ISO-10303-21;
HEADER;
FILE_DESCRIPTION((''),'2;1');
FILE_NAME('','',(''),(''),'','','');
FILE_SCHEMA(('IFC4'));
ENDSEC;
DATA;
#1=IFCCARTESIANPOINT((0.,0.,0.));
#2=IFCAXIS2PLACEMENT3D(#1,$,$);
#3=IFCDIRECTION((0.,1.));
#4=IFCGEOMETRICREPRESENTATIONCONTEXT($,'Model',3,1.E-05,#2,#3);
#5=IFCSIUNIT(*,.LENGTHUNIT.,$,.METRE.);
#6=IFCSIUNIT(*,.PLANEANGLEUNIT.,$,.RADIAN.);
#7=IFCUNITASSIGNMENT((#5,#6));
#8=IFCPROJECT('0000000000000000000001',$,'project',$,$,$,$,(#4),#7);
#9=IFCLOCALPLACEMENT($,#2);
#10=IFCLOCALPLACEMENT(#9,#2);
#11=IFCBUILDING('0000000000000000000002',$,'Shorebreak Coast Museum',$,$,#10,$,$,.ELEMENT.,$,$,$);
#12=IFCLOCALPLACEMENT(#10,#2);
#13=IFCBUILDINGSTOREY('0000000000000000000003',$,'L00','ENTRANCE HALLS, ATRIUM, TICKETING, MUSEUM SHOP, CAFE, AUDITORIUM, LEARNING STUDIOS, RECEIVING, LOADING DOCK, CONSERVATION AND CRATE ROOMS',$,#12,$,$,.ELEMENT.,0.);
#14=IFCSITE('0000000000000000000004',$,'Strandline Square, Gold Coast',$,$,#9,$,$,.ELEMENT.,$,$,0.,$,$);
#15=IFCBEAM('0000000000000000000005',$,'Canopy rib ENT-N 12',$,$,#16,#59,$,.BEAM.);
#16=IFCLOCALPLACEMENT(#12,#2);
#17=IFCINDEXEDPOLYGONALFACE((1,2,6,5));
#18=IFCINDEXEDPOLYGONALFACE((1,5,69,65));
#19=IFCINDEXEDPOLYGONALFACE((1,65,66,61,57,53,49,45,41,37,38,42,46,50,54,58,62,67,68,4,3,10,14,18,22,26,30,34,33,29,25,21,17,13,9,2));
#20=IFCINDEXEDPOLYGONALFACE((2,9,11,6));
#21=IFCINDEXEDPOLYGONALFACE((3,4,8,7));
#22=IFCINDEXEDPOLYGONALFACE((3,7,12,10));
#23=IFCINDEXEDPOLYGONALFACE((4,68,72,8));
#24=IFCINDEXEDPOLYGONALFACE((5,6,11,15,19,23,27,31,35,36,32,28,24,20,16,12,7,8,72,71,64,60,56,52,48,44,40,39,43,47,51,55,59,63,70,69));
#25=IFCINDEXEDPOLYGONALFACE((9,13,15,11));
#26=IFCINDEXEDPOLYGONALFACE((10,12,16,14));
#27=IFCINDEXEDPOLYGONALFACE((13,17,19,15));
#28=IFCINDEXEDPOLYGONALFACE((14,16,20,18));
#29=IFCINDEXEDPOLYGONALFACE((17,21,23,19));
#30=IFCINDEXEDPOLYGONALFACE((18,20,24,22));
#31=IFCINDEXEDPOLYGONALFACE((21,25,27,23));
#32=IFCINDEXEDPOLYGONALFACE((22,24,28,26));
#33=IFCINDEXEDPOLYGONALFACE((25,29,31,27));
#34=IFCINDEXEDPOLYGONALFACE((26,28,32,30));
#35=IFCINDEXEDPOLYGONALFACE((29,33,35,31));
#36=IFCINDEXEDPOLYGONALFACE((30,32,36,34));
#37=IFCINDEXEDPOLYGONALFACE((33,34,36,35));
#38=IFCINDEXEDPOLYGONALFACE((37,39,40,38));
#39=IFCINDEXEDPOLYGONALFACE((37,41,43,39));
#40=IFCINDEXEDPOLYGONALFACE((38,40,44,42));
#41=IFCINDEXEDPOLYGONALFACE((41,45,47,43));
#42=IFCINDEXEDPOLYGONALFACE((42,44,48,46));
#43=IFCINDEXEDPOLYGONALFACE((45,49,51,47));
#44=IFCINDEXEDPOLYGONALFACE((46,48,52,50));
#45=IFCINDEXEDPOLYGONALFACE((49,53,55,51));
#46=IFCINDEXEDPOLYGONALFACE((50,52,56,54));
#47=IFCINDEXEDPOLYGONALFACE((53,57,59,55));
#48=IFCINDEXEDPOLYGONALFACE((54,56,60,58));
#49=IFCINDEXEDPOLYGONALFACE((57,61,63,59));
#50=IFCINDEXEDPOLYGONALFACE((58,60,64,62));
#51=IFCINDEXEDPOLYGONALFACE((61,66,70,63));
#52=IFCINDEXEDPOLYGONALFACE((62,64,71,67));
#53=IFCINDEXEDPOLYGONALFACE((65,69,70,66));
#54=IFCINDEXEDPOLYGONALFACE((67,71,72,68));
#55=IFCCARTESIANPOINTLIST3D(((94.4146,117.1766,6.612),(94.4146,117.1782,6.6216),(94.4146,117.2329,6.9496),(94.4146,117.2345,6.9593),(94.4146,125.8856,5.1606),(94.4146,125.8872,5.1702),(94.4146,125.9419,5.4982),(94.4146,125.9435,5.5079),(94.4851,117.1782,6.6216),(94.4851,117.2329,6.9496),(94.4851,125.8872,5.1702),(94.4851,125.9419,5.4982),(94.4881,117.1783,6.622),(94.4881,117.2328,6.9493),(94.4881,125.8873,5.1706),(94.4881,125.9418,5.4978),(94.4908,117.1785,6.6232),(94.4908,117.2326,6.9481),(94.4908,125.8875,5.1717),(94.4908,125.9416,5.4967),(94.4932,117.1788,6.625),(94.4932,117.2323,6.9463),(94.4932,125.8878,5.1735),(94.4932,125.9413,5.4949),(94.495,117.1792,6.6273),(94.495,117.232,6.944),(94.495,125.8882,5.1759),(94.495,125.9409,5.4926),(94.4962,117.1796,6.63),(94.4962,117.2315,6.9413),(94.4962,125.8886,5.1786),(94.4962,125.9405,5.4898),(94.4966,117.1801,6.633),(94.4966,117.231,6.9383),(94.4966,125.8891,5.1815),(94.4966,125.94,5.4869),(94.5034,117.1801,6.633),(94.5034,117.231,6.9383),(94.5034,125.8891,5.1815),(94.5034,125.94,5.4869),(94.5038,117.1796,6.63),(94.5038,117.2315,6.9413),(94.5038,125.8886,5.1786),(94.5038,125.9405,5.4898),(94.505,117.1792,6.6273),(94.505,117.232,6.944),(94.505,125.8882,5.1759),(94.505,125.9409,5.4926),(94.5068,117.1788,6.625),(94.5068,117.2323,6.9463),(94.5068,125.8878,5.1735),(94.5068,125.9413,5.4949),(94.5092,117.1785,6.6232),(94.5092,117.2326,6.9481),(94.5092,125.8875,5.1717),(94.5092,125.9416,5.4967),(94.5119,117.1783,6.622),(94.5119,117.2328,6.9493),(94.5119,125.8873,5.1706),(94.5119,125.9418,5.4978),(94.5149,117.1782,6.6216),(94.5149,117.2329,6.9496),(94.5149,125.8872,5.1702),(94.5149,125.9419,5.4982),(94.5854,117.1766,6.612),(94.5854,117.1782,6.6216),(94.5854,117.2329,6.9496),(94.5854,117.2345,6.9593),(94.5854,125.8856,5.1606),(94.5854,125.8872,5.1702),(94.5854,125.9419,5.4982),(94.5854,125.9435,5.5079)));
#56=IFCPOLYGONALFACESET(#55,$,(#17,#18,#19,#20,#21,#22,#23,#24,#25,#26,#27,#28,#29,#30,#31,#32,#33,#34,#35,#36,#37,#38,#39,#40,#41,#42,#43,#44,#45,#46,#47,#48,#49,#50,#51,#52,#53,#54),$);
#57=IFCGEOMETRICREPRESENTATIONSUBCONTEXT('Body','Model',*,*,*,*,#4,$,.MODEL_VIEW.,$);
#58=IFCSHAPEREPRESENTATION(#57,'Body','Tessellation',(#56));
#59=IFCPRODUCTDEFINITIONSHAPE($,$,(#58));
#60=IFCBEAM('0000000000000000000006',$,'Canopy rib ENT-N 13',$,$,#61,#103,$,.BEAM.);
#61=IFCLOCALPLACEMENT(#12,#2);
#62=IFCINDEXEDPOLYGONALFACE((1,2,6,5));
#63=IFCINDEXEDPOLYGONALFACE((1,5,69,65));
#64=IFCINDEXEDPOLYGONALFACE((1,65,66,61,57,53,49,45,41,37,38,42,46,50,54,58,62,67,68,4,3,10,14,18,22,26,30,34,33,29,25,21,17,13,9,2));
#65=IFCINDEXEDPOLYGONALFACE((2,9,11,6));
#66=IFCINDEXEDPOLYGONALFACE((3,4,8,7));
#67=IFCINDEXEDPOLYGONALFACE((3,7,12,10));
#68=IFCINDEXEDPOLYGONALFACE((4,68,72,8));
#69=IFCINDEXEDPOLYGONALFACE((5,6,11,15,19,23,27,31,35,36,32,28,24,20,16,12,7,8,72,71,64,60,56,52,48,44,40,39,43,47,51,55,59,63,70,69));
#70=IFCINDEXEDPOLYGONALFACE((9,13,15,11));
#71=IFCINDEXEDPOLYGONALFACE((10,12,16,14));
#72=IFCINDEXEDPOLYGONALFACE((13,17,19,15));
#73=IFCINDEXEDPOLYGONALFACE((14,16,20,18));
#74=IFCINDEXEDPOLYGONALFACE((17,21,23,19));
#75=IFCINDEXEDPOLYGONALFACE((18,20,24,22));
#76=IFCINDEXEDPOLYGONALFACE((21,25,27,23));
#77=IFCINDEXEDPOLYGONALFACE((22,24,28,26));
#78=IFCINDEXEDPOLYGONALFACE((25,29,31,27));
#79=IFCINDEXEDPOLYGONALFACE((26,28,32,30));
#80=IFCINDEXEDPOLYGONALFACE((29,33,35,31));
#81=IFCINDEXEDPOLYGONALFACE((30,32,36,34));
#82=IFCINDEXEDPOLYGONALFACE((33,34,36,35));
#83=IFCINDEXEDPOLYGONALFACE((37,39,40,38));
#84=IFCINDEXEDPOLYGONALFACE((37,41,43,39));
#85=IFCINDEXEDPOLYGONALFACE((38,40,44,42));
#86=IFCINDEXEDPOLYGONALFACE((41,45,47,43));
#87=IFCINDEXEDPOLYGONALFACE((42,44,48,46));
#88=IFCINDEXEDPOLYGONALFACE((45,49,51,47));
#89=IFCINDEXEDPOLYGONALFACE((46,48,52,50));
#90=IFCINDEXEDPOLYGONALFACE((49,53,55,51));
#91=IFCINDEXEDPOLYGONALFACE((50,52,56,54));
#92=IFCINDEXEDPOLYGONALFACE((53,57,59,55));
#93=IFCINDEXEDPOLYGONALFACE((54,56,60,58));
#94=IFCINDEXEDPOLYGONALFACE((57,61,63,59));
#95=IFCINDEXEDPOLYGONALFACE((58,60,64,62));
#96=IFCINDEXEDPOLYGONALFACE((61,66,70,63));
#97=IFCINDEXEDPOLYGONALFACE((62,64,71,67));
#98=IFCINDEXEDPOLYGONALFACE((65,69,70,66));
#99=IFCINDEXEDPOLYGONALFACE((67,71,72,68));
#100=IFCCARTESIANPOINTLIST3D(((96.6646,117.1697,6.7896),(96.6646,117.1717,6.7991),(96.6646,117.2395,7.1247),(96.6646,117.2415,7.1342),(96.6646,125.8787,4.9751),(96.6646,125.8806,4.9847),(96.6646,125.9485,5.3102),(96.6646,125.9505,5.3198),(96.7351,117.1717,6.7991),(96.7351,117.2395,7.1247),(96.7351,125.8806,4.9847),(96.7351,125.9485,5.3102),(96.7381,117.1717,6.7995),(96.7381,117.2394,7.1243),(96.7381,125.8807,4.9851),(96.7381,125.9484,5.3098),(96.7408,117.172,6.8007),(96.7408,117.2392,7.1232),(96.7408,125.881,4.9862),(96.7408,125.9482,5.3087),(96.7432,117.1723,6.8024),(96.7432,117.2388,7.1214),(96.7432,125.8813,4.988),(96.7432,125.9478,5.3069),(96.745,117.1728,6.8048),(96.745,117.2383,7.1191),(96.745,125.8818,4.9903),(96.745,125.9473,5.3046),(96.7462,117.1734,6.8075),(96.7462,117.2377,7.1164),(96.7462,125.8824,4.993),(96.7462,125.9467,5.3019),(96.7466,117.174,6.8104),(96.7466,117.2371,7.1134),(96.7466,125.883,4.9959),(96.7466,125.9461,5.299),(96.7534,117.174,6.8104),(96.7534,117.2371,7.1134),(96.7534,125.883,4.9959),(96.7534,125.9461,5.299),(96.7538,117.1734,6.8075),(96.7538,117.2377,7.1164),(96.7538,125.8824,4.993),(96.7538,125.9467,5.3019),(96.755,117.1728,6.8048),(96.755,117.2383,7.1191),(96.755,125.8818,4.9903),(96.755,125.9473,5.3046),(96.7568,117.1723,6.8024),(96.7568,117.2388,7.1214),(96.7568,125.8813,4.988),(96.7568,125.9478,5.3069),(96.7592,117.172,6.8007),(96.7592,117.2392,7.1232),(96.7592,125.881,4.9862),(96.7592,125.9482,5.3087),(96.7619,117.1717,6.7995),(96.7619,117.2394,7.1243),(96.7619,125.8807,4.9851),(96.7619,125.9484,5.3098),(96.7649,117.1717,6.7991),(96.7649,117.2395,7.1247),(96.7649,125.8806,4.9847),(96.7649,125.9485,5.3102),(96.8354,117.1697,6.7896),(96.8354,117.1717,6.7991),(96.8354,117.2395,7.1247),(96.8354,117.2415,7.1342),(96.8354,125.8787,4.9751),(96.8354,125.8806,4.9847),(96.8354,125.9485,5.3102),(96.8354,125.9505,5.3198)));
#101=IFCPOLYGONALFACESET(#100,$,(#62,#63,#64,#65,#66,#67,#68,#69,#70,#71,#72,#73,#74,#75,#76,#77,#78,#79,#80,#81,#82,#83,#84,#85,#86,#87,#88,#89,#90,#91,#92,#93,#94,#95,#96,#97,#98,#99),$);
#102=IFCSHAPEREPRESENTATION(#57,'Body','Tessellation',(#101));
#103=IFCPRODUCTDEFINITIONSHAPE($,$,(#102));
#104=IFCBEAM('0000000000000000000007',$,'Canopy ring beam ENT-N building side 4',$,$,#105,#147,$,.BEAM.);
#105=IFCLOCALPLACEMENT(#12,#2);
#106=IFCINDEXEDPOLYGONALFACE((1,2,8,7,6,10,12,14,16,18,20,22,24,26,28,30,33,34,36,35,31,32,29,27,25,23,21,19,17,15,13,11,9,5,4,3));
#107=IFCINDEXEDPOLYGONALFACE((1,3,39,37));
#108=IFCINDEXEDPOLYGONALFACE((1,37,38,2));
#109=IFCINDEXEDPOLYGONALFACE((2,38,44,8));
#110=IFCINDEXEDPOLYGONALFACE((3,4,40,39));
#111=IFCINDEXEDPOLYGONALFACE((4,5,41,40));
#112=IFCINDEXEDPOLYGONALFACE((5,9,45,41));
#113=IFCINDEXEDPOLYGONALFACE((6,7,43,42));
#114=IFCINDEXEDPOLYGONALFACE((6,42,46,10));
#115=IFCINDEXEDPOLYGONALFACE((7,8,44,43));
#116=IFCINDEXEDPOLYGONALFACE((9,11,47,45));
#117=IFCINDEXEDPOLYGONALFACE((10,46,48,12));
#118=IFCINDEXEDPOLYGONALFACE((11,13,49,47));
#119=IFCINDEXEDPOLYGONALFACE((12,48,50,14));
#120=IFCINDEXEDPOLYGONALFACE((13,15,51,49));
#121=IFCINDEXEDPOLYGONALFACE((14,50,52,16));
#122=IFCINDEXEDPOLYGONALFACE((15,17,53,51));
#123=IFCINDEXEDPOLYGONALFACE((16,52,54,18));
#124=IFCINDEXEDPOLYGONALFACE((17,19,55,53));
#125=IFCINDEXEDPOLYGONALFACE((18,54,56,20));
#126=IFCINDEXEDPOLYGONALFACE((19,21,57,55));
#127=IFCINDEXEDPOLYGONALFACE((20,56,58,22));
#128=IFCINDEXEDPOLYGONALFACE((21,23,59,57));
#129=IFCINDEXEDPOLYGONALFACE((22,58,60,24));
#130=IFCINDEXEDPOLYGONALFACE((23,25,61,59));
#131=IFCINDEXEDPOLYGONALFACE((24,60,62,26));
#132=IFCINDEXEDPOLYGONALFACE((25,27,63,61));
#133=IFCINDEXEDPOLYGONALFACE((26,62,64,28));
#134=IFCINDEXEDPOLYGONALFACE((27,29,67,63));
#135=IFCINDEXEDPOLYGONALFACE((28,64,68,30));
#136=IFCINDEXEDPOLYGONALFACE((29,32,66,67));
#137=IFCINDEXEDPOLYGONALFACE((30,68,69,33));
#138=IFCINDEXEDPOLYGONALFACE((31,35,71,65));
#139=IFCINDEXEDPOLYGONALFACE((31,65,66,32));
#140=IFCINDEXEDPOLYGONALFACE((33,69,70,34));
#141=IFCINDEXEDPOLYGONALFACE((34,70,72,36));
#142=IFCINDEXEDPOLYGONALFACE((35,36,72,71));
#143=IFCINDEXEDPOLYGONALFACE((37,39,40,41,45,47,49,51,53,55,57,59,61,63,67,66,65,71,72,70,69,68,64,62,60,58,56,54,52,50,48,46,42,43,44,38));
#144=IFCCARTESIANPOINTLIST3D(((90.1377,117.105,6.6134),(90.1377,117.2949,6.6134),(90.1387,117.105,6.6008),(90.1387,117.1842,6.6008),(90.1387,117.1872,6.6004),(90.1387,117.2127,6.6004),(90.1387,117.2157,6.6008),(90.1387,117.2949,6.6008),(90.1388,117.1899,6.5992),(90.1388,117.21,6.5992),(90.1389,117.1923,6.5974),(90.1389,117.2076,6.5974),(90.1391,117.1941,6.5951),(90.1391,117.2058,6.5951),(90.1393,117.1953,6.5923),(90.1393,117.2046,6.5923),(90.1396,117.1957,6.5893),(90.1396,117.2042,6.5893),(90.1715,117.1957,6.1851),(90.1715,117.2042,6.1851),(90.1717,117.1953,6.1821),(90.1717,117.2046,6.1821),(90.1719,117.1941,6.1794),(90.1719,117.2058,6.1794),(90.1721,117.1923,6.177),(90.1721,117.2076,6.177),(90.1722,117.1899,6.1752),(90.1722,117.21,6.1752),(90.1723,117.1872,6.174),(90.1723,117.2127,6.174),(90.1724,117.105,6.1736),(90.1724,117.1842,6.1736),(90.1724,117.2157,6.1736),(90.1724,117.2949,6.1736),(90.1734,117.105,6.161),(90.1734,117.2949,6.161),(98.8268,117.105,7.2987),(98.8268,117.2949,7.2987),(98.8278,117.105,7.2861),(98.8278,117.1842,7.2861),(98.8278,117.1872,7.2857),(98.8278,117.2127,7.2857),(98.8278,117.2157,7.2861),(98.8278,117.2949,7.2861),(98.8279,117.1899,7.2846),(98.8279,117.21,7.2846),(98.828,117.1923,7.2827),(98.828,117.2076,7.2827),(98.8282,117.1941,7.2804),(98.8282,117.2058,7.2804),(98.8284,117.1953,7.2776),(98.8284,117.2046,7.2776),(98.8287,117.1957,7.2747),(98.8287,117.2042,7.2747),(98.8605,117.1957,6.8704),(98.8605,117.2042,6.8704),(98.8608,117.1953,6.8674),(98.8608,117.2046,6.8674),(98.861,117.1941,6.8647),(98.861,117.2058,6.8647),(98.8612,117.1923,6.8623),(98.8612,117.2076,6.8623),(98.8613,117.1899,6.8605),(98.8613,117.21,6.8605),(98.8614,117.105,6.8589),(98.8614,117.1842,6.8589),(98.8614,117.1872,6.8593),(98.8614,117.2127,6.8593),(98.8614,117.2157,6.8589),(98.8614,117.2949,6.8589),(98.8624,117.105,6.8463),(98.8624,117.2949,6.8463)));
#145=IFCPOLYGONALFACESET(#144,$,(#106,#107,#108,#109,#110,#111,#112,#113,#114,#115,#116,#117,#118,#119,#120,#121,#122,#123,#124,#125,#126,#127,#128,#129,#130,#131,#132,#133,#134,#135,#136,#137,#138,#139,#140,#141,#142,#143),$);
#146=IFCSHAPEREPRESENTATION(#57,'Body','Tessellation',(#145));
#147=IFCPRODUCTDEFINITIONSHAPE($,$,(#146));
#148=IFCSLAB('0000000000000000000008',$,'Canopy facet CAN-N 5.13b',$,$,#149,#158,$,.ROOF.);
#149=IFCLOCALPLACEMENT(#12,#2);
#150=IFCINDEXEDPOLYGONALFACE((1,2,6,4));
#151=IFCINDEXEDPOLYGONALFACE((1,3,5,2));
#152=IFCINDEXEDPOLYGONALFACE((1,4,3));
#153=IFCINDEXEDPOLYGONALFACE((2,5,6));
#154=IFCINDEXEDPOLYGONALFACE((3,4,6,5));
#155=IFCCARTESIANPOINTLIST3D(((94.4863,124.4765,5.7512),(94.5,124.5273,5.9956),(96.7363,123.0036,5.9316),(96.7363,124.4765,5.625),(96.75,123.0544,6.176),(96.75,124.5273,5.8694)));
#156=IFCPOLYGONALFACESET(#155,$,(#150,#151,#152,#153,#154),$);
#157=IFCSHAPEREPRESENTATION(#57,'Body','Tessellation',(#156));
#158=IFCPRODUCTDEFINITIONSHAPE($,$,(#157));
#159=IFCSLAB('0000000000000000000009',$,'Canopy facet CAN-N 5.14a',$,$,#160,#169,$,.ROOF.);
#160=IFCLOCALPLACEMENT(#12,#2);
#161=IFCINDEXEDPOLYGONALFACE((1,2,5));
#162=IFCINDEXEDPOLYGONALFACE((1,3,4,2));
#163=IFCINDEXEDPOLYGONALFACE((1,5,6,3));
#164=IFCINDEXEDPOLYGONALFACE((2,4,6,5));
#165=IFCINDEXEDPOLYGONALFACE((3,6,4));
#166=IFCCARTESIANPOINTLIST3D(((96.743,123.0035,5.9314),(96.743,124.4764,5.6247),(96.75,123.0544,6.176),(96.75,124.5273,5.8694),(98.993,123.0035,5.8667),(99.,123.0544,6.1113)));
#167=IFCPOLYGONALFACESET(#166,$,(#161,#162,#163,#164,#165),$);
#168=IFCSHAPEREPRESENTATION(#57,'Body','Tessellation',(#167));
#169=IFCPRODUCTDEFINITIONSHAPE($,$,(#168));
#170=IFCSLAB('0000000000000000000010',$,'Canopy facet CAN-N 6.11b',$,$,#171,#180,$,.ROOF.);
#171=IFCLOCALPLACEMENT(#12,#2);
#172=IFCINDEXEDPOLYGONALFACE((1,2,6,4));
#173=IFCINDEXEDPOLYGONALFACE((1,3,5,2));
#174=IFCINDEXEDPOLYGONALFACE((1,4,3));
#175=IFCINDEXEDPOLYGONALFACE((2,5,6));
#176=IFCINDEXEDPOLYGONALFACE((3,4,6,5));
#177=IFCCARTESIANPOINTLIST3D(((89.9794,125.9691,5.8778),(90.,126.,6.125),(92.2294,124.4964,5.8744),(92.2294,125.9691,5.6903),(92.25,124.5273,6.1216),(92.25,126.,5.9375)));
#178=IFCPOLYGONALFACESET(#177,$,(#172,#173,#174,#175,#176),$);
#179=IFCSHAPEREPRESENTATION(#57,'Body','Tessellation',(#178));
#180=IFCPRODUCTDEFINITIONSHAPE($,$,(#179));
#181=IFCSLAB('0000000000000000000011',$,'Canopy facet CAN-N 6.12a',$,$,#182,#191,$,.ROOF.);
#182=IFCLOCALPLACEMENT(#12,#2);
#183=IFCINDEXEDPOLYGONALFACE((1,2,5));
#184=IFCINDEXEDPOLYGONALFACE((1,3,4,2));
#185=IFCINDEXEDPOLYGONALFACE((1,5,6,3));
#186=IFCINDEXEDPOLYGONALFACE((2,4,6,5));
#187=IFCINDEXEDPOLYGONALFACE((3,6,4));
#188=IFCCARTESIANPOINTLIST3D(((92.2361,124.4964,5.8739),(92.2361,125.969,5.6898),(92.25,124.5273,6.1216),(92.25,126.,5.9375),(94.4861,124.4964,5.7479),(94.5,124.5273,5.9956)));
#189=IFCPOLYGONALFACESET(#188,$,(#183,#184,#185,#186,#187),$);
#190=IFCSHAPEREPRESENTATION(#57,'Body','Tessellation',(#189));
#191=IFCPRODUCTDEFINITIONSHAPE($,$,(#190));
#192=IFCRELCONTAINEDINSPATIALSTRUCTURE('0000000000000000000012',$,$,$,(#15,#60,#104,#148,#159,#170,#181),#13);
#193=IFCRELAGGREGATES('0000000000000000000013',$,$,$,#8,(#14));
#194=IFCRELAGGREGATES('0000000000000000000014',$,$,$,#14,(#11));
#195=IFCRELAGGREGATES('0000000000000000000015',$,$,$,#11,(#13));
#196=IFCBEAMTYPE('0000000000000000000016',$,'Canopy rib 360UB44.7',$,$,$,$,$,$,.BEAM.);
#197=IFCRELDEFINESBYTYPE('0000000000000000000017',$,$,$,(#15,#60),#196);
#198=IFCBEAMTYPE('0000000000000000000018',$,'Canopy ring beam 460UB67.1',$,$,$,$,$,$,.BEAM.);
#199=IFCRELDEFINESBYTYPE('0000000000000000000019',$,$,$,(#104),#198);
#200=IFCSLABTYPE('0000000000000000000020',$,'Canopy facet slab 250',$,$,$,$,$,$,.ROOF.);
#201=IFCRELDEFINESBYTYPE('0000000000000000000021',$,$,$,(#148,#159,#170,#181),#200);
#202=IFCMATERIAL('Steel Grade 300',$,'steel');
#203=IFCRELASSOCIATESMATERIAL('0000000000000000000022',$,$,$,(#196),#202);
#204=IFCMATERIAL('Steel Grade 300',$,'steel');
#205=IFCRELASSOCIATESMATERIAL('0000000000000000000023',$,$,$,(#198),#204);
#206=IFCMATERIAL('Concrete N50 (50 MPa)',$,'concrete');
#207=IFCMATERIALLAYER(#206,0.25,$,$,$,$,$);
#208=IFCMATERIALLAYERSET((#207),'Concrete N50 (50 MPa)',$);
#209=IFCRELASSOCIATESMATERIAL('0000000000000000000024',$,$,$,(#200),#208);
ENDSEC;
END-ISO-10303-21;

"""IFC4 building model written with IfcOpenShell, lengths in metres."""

from ifc_helpers import new_model, si_unit, direction, frame, origin, origin_2d, place, context, subcontext, project, spatial, polyline, i_section, outline, extrude, material, layer, layer_set, material_profile, profile_set, type_object, element, save


model = new_model("IFC4")

# Units and contexts
model_context = context("Model", 3, precision=1e-05, world=origin(), true_north=direction((0.0, 1.0)))
body_context = subcontext(model_context, "Body", "Model", "MODEL_VIEW")
ifc_project = project(units=[si_unit("LENGTHUNIT", "METRE"), si_unit("PLANEANGLEUNIT", "RADIAN")], contexts=[model_context])

# Site, building, storey
site_placement = place(None, origin())
site = spatial("IfcSite", under=ifc_project, at=site_placement, Name="Strandline Square, Gold Coast", CompositionType="ELEMENT", RefElevation=0.0)
building_placement = place(site_placement, origin())
building = spatial("IfcBuilding", under=site, at=building_placement, Name="Shorebreak Coast Museum", CompositionType="ELEMENT")
storey_placement = place(building_placement, origin())
storey = spatial("IfcBuildingStorey", under=building, at=storey_placement, Name="L00", Description="ENTRANCE HALLS, ATRIUM, TICKETING, MUSEUM SHOP, CAFE, AUDITORIUM, LEARNING STUDIOS, RECEIVING, LOADING DOCK, CONSERVATION AND CRATE ROOMS", CompositionType="ELEMENT", Elevation=0.0)

# Beams
ifc_material_1 = material(Name="Steel Grade 300", Category="steel")
ifc_material_profile_1 = material_profile(ifc_material_1, i_section(OverallWidth=0.1709, OverallDepth=0.3521, WebThickness=0.0068, FlangeThickness=0.0098, FilletRadius=0.0115, at=origin_2d()), Name="360UB44.7")
ifc_profile_set_1 = profile_set([ifc_material_profile_1], Name="Steel Grade 300")
beam_type_1 = type_object("IfcBeamType", Name="Canopy rib 360UB44.7", PredefinedType="BEAM", material=ifc_profile_set_1)
beam_1_placement = place(storey_placement, frame((94.5, 117.2056, 6.7856), z_axis=(0.0, 0.986395, -0.16439), x_axis=(-1.0, 0.0, 0.0)))
element("IfcBeam", 1, at=beam_1_placement, inside=storey, type_object=beam_type_1, Name="Canopy rib ENT-N 12", PredefinedType="BEAM", context=body_context, shape_type="SweptSolid", body=[
    extrude(i_section(OverallWidth=0.1709, OverallDepth=0.3521, WebThickness=0.0068, FlangeThickness=0.0098, FilletRadius=0.0115, at=origin_2d()), origin(), (0.0, 0.0, 1.0), 8.8291),
])
beam_2_placement = place(storey_placement, frame((96.75, 117.2056, 6.9619), z_axis=(0.0, 0.978979, -0.203963), x_axis=(-1.0, 0.0, 0.0)))
element("IfcBeam", 2, at=beam_2_placement, inside=storey, type_object=beam_type_1, Name="Canopy rib ENT-N 13", PredefinedType="BEAM", context=body_context, shape_type="SweptSolid", body=[
    extrude(i_section(OverallWidth=0.1709, OverallDepth=0.3521, WebThickness=0.0068, FlangeThickness=0.0098, FilletRadius=0.0115, at=origin_2d()), origin(), (0.0, 0.0, 1.0), 8.896),
])
ifc_material_2 = material(Name="Steel Grade 300", Category="steel")
ifc_material_profile_2 = material_profile(ifc_material_2, i_section(OverallWidth=0.1899, OverallDepth=0.4539, WebThickness=0.0085, FlangeThickness=0.0127, FilletRadius=0.0115, at=origin_2d()), Name="460UB67.1")
ifc_profile_set_2 = profile_set([ifc_material_profile_2], Name="Steel Grade 300")
beam_type_2 = type_object("IfcBeamType", Name="Canopy ring beam 460UB67.1", PredefinedType="BEAM", material=ifc_profile_set_2)
beam_3_placement = place(storey_placement, frame((90.1555, 117.2, 6.3872), z_axis=(0.996904, 0.0, 0.078626), x_axis=(0.0, 1.0, 0.0)))
element("IfcBeam", 3, at=beam_3_placement, inside=storey, type_object=beam_type_2, Name="Canopy ring beam ENT-N building side 4", PredefinedType="BEAM", context=body_context, shape_type="SweptSolid", body=[
    extrude(i_section(OverallWidth=0.1899, OverallDepth=0.4539, WebThickness=0.0085, FlangeThickness=0.0127, FilletRadius=0.0115, at=origin_2d()), origin(), (0.0, 0.0, 1.0), 8.7161),
])

# Slabs
ifc_material_3 = material(Name="Concrete N50 (50 MPa)", Category="concrete")
ifc_layer = layer(ifc_material_3, 0.25)
ifc_layer_set = layer_set([ifc_layer], Name="Concrete N50 (50 MPa)")
slab_type = type_object("IfcSlabType", Name="Canopy facet slab 250", PredefinedType="ROOF", material=ifc_layer_set)
slab_1_placement = place(storey_placement, frame((96.75, 123.0544, 6.176), z_axis=(0.054838, 0.203511, 0.977536), x_axis=(0.0, 0.979009, -0.203818)))
element("IfcSlab", 4, at=slab_1_placement, inside=storey, type_object=slab_type, Name="Canopy facet CAN-N 5.13b", PredefinedType="ROOF", context=body_context, shape_type="SweptSolid", body=[
    extrude(outline(polyline([(0.0, 0.0), (1.5045, 0.0), (1.4788, 2.2534), (0.0, 0.0)])), origin(), (0.0, 0.0, -1.0), 0.25),
])
slab_2_placement = place(storey_placement, frame((96.75, 123.0544, 6.176), z_axis=(0.02814, 0.203737, 0.978621), x_axis=(0.999587, 0.0, -0.028742)))
element("IfcSlab", 5, at=slab_2_placement, inside=storey, type_object=slab_type, Name="Canopy facet CAN-N 5.14a", PredefinedType="ROOF", context=body_context, shape_type="SweptSolid", body=[
    extrude(outline(polyline([(0.0, 0.0), (2.2509, 0.0), (0.0088, 1.5045), (0.0, 0.0)])), origin(), (0.0, 0.0, -1.0), 0.25),
])
slab_3_placement = place(storey_placement, frame((92.25, 124.5273, 6.1216), z_axis=(0.082409, 0.123613, 0.988903), x_axis=(0.0, 0.992278, -0.124035)))
element("IfcSlab", 6, at=slab_3_placement, inside=storey, type_object=slab_type, Name="Canopy facet CAN-N 6.11b", PredefinedType="ROOF", context=body_context, shape_type="SweptSolid", body=[
    extrude(outline(polyline([(0.0, 0.0), (1.4841, 0.0), (1.4609, 2.2577), (0.0, 0.0)])), origin(), (0.0, 0.0, -1.0), 0.25),
])
slab_4_placement = place(storey_placement, frame((92.25, 124.5273, 6.1216), z_axis=(0.055472, 0.123844, 0.99075), x_axis=(0.998436, 0.0, -0.055902)))
element("IfcSlab", 7, at=slab_4_placement, inside=storey, type_object=slab_type, Name="Canopy facet CAN-N 6.12a", PredefinedType="ROOF", context=body_context, shape_type="SweptSolid", body=[
    extrude(outline(polyline([(0.0, 0.0), (2.2535, 0.0), (0.0103, 1.4841), (0.0, 0.0)])), origin(), (0.0, 0.0, -1.0), 0.25),
])

save(model, "model.ifc")
